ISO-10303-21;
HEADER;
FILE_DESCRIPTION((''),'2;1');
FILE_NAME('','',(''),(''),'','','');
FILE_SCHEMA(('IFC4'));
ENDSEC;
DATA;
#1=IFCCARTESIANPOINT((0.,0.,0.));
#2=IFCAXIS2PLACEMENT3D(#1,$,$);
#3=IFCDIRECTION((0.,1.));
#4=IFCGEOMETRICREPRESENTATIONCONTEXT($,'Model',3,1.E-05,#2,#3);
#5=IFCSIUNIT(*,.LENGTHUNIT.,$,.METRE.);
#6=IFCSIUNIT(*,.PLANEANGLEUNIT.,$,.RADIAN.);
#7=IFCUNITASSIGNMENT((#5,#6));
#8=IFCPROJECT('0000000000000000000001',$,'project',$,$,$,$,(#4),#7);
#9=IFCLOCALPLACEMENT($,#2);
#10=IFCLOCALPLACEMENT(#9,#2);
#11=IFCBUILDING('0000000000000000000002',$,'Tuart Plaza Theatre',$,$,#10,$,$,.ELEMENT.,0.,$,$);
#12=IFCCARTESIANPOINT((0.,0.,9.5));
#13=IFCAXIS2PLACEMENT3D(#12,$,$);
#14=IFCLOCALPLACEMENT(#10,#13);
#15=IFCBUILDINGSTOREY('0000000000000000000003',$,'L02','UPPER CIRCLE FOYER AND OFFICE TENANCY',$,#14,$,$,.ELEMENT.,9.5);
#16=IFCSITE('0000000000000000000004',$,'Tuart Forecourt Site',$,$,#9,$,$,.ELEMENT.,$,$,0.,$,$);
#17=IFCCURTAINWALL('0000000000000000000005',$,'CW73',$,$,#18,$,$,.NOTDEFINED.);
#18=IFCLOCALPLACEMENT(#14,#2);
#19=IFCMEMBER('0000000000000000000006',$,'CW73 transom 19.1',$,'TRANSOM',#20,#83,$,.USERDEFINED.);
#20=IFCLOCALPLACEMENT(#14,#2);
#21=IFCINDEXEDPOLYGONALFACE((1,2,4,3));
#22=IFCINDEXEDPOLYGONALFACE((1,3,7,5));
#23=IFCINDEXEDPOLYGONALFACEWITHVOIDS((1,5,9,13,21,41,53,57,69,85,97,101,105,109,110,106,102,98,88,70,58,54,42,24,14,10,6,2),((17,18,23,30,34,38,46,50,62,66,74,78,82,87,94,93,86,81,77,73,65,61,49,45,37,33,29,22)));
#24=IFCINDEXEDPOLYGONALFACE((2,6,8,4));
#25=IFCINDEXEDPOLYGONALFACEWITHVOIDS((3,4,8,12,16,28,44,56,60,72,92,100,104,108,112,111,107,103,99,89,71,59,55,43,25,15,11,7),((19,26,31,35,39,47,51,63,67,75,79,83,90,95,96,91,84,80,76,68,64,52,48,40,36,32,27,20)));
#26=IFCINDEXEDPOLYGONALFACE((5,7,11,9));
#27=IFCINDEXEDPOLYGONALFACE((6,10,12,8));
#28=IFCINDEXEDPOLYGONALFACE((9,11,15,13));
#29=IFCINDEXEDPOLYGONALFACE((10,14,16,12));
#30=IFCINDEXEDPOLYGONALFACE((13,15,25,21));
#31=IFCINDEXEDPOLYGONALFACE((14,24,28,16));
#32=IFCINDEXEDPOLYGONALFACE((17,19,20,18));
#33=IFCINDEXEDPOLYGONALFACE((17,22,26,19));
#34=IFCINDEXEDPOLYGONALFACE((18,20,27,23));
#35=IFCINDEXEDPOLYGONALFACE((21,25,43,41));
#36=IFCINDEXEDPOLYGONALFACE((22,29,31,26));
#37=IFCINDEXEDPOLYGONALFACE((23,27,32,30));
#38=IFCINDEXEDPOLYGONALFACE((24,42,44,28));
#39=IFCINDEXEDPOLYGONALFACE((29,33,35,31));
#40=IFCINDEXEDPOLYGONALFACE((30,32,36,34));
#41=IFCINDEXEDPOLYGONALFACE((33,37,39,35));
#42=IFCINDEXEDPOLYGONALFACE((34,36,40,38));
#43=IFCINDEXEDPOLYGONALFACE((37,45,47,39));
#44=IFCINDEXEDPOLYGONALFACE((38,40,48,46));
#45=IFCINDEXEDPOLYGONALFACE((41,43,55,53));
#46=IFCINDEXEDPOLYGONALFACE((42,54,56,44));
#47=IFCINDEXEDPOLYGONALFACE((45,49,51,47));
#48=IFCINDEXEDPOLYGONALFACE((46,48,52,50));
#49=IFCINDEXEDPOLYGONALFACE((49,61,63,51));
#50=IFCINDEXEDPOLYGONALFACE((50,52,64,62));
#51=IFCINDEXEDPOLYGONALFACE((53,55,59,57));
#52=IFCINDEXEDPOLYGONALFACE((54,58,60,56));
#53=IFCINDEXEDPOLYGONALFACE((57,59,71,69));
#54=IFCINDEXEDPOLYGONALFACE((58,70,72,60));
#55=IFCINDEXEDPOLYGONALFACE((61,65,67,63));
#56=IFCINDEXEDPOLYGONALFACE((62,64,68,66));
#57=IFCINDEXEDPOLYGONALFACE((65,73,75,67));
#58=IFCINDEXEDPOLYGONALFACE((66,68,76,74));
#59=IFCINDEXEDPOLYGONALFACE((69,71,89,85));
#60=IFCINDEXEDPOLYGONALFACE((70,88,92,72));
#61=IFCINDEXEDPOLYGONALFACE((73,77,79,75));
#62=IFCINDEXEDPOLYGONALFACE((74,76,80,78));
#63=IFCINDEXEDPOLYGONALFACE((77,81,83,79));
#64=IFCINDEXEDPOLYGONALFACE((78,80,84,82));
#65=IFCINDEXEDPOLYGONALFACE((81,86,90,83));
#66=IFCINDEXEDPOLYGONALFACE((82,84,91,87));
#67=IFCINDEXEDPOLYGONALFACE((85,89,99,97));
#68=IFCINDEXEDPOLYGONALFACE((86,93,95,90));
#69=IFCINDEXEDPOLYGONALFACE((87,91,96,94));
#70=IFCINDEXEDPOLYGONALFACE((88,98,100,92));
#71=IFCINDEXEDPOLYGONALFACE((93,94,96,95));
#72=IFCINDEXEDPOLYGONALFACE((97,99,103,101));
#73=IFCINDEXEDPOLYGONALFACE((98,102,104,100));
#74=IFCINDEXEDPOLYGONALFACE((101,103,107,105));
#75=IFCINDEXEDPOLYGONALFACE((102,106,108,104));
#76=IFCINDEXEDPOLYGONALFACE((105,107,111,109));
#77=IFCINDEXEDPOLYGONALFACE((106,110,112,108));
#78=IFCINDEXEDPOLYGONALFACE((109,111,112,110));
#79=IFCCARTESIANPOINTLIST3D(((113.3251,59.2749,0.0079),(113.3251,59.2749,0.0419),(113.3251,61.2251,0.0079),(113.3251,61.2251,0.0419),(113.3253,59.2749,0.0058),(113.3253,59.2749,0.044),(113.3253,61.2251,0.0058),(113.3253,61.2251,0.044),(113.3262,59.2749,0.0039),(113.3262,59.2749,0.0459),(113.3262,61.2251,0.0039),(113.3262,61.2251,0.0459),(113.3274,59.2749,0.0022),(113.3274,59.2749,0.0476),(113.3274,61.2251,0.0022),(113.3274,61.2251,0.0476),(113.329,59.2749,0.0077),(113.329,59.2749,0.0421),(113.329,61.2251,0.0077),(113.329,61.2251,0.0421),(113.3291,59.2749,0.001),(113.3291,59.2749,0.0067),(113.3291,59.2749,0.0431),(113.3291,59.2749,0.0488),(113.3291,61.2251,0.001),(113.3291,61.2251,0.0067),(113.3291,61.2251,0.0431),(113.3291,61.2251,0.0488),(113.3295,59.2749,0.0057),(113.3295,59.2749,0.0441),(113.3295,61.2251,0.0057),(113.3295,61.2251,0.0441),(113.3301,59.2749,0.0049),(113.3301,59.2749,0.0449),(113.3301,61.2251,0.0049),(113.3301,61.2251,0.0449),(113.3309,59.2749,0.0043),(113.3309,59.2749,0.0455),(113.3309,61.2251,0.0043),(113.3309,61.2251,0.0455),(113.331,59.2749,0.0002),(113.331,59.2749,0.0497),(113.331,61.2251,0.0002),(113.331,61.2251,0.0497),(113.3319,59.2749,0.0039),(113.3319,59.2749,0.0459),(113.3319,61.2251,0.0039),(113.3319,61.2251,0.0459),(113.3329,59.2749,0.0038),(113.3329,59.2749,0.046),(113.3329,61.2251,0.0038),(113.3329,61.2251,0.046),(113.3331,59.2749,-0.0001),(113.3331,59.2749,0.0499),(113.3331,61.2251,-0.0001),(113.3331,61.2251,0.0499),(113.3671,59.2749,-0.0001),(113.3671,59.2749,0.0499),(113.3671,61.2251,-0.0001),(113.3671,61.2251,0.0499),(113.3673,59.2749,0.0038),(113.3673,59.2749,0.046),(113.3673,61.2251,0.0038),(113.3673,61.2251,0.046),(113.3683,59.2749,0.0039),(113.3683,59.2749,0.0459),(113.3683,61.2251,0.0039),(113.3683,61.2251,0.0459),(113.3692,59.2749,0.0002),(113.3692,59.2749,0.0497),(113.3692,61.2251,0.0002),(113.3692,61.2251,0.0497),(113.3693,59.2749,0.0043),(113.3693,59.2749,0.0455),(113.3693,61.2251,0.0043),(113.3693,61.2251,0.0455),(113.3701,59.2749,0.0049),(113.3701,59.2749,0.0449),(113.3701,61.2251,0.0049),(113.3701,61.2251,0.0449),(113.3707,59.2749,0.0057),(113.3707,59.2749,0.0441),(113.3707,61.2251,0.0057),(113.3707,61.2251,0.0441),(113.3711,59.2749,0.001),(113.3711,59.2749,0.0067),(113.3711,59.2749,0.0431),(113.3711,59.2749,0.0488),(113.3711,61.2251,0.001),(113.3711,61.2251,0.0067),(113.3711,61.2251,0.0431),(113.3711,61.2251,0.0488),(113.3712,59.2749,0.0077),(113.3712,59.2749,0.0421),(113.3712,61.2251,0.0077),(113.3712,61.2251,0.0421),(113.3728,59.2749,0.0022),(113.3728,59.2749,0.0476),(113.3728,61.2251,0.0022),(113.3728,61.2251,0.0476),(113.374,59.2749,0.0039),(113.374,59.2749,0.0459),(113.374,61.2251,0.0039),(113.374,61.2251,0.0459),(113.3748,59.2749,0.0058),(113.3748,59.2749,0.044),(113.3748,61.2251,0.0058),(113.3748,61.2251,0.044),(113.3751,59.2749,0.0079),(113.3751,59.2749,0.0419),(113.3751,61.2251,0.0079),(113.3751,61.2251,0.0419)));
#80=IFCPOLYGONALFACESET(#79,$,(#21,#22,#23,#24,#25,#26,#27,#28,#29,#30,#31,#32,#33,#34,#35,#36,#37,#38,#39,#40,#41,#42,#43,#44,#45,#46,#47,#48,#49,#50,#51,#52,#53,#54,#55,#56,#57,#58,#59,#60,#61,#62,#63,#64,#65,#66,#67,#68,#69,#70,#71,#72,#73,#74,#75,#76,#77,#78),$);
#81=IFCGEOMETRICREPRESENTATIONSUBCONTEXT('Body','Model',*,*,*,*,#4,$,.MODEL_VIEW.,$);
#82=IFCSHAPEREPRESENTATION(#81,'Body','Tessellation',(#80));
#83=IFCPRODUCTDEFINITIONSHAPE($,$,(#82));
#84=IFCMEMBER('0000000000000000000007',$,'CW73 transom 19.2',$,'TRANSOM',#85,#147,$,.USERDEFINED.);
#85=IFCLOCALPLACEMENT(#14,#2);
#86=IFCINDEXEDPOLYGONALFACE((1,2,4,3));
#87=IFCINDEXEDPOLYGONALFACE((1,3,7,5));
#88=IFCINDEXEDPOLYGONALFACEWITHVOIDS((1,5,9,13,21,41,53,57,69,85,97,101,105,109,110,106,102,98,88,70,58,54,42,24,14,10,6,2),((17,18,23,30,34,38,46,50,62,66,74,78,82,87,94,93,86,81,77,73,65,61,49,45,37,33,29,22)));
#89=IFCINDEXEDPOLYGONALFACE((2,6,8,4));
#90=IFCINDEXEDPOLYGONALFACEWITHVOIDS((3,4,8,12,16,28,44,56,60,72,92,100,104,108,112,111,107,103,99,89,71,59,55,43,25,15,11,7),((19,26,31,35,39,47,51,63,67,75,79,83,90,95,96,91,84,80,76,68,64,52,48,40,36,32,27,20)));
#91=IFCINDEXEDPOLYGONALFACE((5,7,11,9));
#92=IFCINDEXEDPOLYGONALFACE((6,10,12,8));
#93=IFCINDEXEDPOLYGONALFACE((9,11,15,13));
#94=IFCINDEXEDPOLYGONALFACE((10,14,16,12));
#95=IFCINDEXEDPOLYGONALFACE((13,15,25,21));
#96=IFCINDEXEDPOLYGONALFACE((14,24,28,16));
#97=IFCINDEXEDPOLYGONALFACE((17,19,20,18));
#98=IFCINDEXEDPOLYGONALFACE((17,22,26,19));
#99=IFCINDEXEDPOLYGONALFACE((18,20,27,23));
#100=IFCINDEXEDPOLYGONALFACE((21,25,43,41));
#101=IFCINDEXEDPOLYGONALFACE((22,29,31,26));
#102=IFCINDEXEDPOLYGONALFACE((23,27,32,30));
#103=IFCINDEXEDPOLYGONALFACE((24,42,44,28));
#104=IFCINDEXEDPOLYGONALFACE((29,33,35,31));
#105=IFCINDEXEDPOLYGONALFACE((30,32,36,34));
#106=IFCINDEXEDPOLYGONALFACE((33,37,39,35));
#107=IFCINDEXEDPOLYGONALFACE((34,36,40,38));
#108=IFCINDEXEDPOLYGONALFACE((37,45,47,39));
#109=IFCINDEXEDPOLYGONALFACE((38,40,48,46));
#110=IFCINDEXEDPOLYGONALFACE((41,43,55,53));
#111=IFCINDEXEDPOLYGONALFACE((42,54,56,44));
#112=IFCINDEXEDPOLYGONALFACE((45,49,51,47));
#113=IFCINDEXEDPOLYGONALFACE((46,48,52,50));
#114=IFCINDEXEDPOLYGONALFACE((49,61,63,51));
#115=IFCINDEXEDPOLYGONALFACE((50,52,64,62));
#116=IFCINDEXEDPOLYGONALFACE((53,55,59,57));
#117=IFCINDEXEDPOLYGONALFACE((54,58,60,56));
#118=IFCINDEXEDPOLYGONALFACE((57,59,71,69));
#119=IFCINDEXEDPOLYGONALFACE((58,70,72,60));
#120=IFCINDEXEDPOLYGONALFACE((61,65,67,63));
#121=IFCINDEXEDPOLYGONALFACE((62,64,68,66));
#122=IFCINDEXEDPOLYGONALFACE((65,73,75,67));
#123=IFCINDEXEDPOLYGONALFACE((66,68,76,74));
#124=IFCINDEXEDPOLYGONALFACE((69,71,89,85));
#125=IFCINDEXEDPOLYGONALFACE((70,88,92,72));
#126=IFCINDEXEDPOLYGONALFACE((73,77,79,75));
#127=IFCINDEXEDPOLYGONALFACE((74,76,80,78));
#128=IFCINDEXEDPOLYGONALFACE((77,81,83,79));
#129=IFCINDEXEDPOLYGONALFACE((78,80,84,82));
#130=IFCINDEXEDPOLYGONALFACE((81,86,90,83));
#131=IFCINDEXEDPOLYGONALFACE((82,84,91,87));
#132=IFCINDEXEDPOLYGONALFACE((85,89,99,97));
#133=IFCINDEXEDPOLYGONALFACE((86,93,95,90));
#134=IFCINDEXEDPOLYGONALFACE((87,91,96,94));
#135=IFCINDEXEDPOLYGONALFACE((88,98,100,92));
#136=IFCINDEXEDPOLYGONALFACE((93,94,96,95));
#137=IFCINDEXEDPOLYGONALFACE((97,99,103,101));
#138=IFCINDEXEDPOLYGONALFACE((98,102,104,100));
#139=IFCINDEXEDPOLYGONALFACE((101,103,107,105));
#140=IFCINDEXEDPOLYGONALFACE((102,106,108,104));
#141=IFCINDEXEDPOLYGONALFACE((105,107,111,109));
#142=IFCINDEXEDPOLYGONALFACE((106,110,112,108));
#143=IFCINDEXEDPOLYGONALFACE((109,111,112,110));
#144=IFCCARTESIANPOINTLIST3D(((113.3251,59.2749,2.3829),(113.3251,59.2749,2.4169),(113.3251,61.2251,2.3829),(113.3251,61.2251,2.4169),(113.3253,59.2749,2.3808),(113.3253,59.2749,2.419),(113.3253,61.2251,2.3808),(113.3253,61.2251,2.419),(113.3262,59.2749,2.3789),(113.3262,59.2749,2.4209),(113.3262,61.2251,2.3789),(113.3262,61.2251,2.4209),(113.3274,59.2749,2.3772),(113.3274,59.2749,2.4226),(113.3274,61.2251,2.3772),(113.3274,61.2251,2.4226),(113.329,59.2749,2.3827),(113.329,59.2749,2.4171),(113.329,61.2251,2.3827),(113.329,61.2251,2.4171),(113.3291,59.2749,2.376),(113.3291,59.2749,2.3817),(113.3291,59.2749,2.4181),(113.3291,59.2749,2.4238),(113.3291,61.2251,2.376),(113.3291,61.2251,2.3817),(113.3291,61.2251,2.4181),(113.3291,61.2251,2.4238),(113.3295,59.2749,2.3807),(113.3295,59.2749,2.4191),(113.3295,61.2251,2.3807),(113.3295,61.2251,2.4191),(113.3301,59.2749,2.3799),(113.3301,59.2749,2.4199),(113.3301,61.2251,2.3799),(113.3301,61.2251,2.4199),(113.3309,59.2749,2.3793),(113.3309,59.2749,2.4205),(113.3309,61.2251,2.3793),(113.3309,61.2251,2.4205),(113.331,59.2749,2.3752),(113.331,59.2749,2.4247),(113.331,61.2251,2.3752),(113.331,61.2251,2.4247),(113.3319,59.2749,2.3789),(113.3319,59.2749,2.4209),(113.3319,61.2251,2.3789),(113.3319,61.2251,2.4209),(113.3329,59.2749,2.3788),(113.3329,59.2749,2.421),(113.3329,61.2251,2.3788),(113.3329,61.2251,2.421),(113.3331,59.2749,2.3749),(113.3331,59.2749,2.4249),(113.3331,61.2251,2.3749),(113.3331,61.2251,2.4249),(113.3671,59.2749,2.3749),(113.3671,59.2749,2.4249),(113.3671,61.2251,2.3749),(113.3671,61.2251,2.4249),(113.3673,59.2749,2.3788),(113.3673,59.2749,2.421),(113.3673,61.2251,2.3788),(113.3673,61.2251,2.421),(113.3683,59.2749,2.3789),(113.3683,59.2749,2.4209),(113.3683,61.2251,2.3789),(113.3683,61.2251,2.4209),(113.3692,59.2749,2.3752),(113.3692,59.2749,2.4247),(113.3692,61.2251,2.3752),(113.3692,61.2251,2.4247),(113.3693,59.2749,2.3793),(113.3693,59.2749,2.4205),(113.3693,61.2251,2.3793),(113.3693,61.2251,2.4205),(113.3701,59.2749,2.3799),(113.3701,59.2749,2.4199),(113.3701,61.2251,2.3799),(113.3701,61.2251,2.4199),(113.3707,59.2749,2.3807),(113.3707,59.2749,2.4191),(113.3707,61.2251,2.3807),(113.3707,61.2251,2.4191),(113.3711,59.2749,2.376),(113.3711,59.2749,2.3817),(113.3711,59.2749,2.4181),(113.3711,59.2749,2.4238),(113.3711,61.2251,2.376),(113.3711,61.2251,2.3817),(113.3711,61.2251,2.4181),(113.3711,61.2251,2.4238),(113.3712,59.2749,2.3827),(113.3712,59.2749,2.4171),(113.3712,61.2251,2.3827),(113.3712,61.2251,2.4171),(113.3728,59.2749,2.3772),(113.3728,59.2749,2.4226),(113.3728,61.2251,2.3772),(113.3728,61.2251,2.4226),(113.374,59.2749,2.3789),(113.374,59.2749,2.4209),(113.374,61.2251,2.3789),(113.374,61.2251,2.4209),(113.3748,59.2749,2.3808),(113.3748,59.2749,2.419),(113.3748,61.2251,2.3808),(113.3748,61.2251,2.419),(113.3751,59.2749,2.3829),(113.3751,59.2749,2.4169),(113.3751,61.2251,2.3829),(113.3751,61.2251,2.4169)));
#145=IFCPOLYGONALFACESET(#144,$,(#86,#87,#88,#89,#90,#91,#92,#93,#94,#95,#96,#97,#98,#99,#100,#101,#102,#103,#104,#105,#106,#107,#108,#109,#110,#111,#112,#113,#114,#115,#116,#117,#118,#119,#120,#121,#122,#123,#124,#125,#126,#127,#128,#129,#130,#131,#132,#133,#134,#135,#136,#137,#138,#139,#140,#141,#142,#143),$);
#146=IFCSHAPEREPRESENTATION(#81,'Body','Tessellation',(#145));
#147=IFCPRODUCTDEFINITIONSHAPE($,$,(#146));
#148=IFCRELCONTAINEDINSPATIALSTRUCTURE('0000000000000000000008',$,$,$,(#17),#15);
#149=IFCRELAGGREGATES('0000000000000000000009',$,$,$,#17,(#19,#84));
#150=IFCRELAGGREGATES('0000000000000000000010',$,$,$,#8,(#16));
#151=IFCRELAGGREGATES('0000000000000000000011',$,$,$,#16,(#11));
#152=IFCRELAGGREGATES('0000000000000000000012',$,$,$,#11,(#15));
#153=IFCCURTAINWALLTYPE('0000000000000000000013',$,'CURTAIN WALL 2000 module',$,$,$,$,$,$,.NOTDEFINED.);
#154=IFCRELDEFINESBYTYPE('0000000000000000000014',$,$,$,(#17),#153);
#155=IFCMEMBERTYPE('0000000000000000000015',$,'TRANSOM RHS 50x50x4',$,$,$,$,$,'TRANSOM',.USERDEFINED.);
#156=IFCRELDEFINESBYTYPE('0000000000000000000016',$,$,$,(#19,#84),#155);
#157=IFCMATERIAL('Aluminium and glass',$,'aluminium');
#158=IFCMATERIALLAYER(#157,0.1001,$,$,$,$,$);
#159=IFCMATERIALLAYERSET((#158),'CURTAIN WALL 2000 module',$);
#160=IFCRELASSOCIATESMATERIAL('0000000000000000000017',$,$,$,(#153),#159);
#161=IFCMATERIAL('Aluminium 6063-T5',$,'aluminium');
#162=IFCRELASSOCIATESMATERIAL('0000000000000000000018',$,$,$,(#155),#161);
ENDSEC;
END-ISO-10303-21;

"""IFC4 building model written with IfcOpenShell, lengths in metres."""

from ifc_helpers import new_model, si_unit, direction, frame, origin, origin_2d, place, context, subcontext, project, spatial, hollow_rectangle, extrude, material, layer, layer_set, material_profile, profile_set, type_object, element, aggregate, save


model = new_model("IFC4")

# Units and contexts
model_context = context("Model", 3, precision=1e-05, world=origin(), true_north=direction((0.0, 1.0)))
body_context = subcontext(model_context, "Body", "Model", "MODEL_VIEW")
ifc_project = project(units=[si_unit("LENGTHUNIT", "METRE"), si_unit("PLANEANGLEUNIT", "RADIAN")], contexts=[model_context])

# Site, building, storey
site_placement = place(None, origin())
site = spatial("IfcSite", under=ifc_project, at=site_placement, Name="Tuart Forecourt Site", CompositionType="ELEMENT", RefElevation=0.0)
building_placement = place(site_placement, origin())
building = spatial("IfcBuilding", under=site, at=building_placement, Name="Tuart Plaza Theatre", CompositionType="ELEMENT", ElevationOfRefHeight=0.0)
storey_placement = place(building_placement, frame((0.0, 0.0, 9.5)))
storey = spatial("IfcBuildingStorey", under=building, at=storey_placement, Name="L02", Description="UPPER CIRCLE FOYER AND OFFICE TENANCY", CompositionType="ELEMENT", Elevation=9.5)

# Curtain wall, members
ifc_material_1 = material(Name="Aluminium and glass", Category="aluminium")
ifc_layer_1 = layer(ifc_material_1, 0.1001)
ifc_layer_set_1 = layer_set([ifc_layer_1], Name="CURTAIN WALL 2000 module")
curtain_wall_type = type_object("IfcCurtainWallType", Name="CURTAIN WALL 2000 module", PredefinedType="NOTDEFINED", material=ifc_layer_set_1)
curtain_wall_placement = place(storey_placement, origin())
curtain_wall = element("IfcCurtainWall", 1, at=curtain_wall_placement, inside=storey, type_object=curtain_wall_type, Name="CW73", PredefinedType="NOTDEFINED")
ifc_material_2 = material(Name="Aluminium 6063-T5", Category="aluminium")
ifc_material_profile_1 = material_profile(ifc_material_2, hollow_rectangle(XDim=0.05, YDim=0.05, WallThickness=0.0039, InnerFilletRadius=0.0039, OuterFilletRadius=0.0081, at=origin_2d()), Name="RHS 50x50x4")
ifc_profile_set_1 = profile_set([ifc_material_profile_1], Name="Aluminium 6063-T5")
member_type_1 = type_object("IfcMemberType", Name="TRANSOM RHS 50x50x4", ElementType="TRANSOM", PredefinedType="USERDEFINED", material=ifc_profile_set_1)
member_1_placement = place(storey_placement, frame((113.3501, 61.2251, 0.0249), z_axis=(0.0, -1.0, 0.0), x_axis=(1.0, 0.0, 0.0)))
member_1 = element("IfcMember", 2, at=member_1_placement, type_object=member_type_1, Name="CW73 transom 19.1", ObjectType="TRANSOM", PredefinedType="USERDEFINED", context=body_context, shape_type="SweptSolid", body=[
    extrude(hollow_rectangle(XDim=0.05, YDim=0.05, WallThickness=0.0039, InnerFilletRadius=0.0039, OuterFilletRadius=0.0081, at=origin_2d()), origin(), (0.0, 0.0, 1.0), 1.9502),
])
member_2_placement = place(storey_placement, frame((113.3501, 61.2251, 2.3999), z_axis=(0.0, -1.0, 0.0), x_axis=(1.0, 0.0, 0.0)))
member_2 = element("IfcMember", 3, at=member_2_placement, type_object=member_type_1, Name="CW73 transom 19.2", ObjectType="TRANSOM", PredefinedType="USERDEFINED", context=body_context, shape_type="SweptSolid", body=[
    extrude(hollow_rectangle(XDim=0.05, YDim=0.05, WallThickness=0.0039, InnerFilletRadius=0.0039, OuterFilletRadius=0.0081, at=origin_2d()), origin(), (0.0, 0.0, 1.0), 1.9502),
])
aggregate(curtain_wall, [member_1, member_2])

save(model, "model.ifc")
